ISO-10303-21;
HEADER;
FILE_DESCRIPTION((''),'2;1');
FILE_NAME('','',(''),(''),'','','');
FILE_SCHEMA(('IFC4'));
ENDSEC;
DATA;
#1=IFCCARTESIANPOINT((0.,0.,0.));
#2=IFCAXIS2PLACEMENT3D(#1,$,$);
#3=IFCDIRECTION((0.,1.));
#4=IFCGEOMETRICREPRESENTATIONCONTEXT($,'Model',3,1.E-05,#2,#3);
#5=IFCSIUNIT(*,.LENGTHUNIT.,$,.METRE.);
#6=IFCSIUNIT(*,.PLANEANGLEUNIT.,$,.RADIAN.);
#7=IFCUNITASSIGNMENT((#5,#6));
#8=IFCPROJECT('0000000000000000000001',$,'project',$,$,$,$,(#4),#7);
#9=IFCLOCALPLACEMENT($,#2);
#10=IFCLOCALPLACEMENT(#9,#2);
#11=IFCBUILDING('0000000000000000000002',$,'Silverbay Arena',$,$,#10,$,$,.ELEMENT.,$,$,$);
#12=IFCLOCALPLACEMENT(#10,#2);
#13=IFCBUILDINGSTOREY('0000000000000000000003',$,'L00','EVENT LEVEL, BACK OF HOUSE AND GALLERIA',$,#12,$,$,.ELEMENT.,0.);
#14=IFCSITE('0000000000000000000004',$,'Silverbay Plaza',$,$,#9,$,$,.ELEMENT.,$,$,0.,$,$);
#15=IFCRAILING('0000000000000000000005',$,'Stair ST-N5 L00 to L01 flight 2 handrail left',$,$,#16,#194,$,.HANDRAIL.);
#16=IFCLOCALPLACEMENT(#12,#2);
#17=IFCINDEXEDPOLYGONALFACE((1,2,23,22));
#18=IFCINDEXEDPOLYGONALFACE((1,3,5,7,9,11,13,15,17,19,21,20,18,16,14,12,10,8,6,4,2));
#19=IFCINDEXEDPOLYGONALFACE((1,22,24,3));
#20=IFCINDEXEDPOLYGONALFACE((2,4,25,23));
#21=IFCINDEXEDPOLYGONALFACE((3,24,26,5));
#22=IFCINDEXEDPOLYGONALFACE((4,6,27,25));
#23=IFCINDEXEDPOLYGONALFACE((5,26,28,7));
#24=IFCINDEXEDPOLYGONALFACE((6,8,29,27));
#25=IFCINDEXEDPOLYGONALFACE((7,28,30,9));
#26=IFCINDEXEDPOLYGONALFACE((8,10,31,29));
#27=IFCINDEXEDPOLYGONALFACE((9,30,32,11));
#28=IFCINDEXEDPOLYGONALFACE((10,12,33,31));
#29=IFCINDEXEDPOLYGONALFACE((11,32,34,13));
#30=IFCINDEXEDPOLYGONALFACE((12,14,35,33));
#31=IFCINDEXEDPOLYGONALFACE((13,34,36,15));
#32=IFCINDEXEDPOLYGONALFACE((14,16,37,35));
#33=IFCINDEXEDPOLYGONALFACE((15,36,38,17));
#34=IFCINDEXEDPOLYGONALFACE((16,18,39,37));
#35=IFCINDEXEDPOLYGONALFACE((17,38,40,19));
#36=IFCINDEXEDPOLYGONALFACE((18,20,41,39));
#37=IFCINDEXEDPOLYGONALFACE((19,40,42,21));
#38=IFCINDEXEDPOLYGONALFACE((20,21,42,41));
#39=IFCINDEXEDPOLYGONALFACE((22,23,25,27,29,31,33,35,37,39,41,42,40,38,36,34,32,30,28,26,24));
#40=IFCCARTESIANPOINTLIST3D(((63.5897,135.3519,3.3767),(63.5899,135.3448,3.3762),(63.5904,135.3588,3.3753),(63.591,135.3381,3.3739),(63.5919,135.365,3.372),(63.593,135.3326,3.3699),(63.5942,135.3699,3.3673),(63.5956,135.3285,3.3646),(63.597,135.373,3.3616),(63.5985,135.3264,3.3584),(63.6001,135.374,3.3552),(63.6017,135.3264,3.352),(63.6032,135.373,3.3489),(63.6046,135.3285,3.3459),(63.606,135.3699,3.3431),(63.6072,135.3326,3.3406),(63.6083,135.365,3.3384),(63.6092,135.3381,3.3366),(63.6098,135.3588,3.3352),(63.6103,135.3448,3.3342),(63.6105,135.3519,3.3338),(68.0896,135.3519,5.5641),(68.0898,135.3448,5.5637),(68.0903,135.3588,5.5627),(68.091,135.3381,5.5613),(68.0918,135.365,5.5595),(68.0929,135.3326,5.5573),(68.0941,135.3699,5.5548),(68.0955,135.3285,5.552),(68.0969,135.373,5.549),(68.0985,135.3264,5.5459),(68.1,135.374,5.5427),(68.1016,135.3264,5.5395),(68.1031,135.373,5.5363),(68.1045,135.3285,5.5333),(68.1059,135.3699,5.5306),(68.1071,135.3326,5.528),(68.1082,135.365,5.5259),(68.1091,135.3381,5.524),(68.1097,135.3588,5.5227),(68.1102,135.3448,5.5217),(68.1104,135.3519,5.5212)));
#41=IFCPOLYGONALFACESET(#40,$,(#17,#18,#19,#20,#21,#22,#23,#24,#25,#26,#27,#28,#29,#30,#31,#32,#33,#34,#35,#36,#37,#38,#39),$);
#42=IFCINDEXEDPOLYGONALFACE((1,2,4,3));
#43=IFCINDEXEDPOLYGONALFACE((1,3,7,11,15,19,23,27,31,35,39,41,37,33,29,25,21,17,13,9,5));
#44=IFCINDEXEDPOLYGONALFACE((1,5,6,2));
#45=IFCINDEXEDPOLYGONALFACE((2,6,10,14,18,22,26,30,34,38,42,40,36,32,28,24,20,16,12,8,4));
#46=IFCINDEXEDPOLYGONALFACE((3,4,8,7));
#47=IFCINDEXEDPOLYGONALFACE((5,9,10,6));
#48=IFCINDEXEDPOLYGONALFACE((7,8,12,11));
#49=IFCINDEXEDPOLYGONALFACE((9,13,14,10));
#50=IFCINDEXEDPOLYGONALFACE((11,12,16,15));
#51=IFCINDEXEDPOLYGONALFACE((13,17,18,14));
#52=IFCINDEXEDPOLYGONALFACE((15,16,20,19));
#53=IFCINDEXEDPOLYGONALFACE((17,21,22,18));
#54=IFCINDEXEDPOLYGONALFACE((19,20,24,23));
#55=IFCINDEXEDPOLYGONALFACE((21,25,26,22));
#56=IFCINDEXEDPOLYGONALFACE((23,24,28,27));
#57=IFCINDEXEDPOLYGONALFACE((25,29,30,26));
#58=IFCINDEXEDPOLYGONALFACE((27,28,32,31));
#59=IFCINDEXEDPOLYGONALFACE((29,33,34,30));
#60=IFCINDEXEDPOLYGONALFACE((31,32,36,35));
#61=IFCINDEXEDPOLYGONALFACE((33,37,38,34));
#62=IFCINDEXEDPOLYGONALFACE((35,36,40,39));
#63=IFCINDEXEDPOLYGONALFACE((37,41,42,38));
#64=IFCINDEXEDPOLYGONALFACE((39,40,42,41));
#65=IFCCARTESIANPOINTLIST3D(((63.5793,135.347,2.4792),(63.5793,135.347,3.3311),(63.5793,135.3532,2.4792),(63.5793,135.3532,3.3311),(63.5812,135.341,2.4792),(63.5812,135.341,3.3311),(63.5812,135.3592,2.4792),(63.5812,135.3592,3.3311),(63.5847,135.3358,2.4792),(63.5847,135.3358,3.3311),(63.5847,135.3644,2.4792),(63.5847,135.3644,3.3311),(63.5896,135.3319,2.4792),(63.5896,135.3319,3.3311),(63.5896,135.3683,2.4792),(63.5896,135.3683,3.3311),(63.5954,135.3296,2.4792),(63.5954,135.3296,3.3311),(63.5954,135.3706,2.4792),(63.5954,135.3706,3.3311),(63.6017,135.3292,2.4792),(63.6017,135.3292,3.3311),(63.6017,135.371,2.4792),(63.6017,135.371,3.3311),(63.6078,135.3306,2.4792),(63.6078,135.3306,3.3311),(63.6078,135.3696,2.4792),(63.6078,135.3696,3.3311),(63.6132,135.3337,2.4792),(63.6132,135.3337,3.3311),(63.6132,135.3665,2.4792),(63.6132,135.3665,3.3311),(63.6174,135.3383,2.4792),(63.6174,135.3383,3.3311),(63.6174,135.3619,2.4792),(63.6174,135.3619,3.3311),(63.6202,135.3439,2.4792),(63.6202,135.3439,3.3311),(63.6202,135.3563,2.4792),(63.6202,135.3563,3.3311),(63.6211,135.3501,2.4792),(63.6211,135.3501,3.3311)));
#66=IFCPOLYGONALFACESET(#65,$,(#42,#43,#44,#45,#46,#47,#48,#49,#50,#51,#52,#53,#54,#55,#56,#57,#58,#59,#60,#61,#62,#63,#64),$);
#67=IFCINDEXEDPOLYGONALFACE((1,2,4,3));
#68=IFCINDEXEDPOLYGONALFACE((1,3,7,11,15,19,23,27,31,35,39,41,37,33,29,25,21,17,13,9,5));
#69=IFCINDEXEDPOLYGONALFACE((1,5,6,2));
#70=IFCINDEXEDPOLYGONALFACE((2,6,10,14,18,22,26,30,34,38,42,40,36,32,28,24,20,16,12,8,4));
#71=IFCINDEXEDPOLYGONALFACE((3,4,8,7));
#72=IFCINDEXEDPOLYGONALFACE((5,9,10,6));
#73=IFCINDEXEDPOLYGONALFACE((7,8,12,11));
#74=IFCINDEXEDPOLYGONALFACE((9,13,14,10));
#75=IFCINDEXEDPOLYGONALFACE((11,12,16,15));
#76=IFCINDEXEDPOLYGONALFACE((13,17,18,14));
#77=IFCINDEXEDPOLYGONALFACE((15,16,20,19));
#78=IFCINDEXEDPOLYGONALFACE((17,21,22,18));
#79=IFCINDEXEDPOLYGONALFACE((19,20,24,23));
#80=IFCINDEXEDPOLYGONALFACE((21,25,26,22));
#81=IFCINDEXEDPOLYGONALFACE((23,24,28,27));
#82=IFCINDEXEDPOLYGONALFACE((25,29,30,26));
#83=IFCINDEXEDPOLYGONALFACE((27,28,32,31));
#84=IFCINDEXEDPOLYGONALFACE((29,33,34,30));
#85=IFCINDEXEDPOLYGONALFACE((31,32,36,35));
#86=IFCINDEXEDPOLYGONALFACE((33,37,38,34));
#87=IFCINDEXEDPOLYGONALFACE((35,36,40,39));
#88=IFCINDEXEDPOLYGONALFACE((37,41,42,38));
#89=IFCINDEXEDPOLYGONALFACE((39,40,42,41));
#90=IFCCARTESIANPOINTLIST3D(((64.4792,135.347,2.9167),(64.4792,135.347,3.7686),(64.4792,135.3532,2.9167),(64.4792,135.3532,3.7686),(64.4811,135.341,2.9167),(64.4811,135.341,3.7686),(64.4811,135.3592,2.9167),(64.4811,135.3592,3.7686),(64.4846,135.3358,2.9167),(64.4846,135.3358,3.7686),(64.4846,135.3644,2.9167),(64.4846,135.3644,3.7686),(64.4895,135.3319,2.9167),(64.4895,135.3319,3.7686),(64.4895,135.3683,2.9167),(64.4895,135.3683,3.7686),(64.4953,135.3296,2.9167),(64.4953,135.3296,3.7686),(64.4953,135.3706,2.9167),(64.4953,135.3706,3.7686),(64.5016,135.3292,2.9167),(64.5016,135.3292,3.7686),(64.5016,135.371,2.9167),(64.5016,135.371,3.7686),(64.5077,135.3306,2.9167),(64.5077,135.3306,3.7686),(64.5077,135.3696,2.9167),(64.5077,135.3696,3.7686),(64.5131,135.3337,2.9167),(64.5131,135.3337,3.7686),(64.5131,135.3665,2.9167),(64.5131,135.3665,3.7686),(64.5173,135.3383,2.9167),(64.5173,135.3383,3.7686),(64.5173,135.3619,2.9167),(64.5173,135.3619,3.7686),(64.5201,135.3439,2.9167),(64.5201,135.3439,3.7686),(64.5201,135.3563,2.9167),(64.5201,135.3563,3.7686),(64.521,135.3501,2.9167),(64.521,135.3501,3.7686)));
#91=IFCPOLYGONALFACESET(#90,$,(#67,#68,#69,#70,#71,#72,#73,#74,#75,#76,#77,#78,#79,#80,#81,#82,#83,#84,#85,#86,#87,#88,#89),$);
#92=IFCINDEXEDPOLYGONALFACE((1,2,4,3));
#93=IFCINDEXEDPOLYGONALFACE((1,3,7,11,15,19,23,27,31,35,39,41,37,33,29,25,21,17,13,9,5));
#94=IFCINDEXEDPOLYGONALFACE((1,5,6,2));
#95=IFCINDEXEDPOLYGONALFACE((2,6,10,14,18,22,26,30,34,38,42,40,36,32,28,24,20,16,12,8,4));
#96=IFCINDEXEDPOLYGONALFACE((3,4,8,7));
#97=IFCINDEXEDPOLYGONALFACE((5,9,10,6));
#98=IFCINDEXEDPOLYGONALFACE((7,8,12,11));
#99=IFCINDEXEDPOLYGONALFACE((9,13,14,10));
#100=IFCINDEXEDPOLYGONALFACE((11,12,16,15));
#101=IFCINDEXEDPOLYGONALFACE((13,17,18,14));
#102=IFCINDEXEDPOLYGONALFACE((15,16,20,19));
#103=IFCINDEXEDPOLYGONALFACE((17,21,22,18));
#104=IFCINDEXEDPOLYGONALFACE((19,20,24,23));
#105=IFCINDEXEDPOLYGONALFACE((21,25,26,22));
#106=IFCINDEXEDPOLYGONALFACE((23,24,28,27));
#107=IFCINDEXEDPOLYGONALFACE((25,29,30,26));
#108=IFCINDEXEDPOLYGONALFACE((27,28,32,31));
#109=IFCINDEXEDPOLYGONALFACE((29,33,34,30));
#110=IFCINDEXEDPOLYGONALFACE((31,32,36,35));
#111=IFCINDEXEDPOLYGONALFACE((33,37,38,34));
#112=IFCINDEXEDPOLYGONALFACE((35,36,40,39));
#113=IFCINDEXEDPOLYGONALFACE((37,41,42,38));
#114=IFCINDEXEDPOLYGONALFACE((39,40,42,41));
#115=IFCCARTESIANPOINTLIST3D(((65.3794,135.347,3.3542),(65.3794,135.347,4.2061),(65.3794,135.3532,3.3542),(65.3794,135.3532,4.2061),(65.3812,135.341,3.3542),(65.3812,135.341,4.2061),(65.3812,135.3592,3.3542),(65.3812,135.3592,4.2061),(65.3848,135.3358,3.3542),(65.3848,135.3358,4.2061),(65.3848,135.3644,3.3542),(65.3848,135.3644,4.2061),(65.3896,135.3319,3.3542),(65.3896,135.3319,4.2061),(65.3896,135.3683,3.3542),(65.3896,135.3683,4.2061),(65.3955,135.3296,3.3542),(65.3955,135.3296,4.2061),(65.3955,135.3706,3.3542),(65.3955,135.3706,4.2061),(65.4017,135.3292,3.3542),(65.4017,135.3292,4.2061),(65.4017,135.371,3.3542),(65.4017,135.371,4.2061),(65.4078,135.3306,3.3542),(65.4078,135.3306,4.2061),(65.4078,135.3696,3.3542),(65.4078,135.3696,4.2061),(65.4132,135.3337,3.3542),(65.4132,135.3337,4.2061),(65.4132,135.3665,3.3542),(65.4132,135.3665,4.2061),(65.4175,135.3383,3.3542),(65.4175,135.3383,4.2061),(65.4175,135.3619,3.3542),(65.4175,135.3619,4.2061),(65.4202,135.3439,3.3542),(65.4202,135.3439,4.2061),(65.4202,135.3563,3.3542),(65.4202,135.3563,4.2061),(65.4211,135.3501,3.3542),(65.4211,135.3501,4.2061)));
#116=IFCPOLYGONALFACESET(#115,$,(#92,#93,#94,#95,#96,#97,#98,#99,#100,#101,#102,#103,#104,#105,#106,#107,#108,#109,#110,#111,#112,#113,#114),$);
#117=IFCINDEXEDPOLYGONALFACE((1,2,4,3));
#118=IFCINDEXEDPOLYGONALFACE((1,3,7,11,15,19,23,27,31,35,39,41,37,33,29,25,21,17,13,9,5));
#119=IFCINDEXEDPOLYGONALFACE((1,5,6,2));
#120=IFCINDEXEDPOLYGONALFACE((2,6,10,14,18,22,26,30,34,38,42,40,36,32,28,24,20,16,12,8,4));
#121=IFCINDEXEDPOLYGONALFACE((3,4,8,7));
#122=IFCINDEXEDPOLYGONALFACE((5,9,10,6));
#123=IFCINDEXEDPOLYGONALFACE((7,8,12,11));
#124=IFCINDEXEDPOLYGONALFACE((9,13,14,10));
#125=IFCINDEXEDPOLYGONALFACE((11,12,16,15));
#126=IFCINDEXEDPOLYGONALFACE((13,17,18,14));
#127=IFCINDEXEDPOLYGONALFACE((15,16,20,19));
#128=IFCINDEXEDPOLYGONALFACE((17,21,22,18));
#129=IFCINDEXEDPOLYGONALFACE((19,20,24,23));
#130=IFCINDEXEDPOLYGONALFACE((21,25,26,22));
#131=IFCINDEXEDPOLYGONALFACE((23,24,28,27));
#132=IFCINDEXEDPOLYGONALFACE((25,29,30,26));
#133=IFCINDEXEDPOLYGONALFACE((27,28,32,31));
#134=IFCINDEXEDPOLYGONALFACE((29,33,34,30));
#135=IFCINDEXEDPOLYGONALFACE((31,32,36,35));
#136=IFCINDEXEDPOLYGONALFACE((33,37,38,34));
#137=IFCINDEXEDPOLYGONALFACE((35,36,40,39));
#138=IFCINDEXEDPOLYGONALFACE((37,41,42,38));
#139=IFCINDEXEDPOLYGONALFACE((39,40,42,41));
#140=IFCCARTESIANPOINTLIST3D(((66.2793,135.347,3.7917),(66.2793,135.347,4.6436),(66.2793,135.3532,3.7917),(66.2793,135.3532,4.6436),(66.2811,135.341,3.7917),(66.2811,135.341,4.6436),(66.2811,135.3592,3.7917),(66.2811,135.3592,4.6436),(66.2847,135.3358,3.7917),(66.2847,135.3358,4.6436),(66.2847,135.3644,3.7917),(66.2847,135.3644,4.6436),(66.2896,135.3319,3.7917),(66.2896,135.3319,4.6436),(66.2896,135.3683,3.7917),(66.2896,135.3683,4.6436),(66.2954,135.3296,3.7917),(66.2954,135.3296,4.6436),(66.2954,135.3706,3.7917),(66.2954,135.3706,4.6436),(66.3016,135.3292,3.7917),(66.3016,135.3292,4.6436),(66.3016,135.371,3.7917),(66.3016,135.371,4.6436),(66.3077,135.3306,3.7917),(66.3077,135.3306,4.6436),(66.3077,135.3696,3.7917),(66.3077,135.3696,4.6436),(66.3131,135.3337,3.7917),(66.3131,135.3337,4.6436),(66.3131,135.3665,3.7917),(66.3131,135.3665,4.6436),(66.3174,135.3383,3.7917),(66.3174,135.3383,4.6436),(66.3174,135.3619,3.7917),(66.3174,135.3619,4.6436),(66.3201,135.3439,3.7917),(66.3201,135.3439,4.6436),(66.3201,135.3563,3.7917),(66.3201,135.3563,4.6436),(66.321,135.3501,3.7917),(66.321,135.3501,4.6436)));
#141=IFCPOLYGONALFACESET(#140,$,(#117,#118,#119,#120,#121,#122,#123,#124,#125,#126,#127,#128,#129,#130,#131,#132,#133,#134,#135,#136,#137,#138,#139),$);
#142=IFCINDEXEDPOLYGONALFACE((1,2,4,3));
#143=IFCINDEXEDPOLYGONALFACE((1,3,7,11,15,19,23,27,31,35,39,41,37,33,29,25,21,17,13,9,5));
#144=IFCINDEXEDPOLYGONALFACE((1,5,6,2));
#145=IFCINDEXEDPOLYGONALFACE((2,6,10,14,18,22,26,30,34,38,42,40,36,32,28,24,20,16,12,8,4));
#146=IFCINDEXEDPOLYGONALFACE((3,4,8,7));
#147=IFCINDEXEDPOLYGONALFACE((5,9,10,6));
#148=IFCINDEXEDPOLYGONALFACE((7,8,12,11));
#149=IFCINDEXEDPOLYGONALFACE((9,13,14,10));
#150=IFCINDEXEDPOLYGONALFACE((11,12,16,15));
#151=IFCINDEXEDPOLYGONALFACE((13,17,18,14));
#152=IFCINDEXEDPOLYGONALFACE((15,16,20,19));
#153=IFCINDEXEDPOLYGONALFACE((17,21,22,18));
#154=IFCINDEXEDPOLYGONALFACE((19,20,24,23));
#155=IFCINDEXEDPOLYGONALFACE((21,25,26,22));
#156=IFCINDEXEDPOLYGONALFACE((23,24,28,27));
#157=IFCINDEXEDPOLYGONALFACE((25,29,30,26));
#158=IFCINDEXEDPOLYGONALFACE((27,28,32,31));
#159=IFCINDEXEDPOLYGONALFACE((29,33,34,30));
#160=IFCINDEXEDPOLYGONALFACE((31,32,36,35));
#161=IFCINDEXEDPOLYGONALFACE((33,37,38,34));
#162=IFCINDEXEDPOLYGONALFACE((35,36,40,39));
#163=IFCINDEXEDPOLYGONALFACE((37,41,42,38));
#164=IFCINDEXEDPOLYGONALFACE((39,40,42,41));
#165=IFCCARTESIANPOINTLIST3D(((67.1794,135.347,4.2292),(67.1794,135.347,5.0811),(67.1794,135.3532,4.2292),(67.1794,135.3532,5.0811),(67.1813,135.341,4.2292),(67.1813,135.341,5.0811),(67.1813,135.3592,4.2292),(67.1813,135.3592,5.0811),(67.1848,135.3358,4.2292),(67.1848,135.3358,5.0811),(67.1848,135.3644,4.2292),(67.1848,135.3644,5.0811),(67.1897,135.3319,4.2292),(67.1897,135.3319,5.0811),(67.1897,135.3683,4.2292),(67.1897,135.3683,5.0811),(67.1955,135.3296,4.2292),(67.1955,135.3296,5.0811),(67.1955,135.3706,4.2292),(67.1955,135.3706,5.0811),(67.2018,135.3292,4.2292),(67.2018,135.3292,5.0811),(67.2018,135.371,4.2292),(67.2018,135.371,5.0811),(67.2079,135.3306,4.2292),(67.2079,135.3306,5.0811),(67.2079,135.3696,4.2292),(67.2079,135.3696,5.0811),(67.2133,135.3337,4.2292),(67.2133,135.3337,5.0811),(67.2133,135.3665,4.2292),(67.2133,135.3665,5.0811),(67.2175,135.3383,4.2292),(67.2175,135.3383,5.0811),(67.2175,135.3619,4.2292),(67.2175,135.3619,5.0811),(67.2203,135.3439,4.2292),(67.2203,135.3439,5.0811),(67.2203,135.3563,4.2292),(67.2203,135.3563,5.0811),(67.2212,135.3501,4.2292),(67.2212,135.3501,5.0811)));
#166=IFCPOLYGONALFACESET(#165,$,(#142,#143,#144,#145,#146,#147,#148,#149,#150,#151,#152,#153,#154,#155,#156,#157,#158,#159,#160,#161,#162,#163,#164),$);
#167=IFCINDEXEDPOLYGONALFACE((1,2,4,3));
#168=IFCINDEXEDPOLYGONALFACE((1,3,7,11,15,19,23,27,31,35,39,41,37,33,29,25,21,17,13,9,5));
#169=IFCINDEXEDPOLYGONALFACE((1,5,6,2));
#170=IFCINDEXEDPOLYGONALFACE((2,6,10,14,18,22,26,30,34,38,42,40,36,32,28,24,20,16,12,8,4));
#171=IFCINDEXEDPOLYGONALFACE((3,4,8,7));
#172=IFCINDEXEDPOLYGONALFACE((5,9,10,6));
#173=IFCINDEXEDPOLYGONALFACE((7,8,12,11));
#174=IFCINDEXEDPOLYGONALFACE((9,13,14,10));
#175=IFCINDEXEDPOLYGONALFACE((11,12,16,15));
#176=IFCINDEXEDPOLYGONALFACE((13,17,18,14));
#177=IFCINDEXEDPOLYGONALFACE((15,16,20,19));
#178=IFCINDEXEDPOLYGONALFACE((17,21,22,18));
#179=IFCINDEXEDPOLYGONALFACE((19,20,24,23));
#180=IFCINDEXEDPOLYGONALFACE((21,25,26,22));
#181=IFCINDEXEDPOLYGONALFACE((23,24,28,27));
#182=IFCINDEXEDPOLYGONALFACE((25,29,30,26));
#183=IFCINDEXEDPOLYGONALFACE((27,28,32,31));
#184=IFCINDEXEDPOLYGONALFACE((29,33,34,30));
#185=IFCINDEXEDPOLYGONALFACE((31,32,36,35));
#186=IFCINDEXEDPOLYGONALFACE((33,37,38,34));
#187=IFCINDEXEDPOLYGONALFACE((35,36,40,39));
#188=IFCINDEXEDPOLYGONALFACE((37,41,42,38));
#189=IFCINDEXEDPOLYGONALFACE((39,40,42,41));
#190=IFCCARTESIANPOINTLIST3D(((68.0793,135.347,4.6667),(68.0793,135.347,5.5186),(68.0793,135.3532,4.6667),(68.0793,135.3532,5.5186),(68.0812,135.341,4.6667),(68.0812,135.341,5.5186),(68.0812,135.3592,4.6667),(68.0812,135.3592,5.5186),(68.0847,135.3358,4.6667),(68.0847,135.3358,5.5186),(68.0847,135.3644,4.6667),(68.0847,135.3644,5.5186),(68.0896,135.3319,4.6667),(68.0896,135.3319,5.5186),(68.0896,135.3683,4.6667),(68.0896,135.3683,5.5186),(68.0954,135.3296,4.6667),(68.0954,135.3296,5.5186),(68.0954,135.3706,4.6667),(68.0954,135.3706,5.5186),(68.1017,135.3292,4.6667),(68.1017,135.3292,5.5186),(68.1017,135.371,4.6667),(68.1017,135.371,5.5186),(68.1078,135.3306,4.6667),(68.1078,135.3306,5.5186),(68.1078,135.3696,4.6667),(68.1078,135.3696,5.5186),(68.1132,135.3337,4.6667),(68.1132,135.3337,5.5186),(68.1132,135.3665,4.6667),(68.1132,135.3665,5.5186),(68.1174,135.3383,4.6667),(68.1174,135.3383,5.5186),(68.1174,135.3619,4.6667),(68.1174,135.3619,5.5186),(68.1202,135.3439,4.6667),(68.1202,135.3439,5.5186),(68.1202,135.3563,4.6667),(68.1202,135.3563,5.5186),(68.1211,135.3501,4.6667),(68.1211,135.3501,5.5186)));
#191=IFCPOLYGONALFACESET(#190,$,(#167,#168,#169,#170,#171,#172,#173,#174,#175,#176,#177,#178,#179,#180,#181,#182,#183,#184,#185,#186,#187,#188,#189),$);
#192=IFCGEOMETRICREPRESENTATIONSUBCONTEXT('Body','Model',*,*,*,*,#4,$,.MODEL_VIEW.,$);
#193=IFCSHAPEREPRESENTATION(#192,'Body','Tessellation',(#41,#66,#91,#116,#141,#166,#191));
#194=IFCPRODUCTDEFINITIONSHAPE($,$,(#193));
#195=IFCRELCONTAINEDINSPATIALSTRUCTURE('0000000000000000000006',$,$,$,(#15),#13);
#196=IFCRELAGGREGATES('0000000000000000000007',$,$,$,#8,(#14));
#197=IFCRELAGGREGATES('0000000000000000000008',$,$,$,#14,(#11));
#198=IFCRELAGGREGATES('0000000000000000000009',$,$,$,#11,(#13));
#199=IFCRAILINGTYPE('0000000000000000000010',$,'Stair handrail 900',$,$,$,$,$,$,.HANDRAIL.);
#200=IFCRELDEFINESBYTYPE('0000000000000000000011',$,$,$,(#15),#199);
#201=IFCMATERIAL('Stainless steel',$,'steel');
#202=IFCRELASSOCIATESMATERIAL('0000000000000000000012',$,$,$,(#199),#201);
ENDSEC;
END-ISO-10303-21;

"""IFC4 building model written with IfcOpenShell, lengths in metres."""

from ifc_helpers import new_model, si_unit, direction, frame, origin, origin_2d, place, context, subcontext, project, spatial, circle, extrude, material, type_object, element, save


model = new_model("IFC4")

# Units and contexts
model_context = context("Model", 3, precision=1e-05, world=origin(), true_north=direction((0.0, 1.0)))
body_context = subcontext(model_context, "Body", "Model", "MODEL_VIEW")
ifc_project = project(units=[si_unit("LENGTHUNIT", "METRE"), si_unit("PLANEANGLEUNIT", "RADIAN")], contexts=[model_context])

# Site, building, storey
site_placement = place(None, origin())
site = spatial("IfcSite", under=ifc_project, at=site_placement, Name="Silverbay Plaza", CompositionType="ELEMENT", RefElevation=0.0)
building_placement = place(site_placement, origin())
building = spatial("IfcBuilding", under=site, at=building_placement, Name="Silverbay Arena", CompositionType="ELEMENT")
storey_placement = place(building_placement, origin())
storey = spatial("IfcBuildingStorey", under=building, at=storey_placement, Name="L00", Description="EVENT LEVEL, BACK OF HOUSE AND GALLERIA", CompositionType="ELEMENT", Elevation=0.0)

# Railing
ifc_material_1 = material(Name="Stainless steel", Category="steel")
railing_type_1 = type_object("IfcRailingType", Name="Stair handrail 900", PredefinedType="HANDRAIL", material=ifc_material_1)
for number, where, name in (
    (1, (63.6001, 135.3501, 2.4792), "Stair ST-N5 L00 to L01 flight 2 handrail left"),
):
    element("IfcRailing", number, at=place(storey_placement, frame(where)), inside=storey, type_object=railing_type_1, Name=name, PredefinedType="HANDRAIL", context=body_context, shape_type="SweptSolid", body=[
        extrude(circle(Radius=0.0239, at=origin_2d()), frame((0.0, 0.0, 0.876), z_axis=(0.899368, 0.0, 0.437193), x_axis=(0.0, 1.0, 0.0)), (0.0, 0.0, 1.0), 5.0034),
        extrude(circle(Radius=0.021, at=origin_2d()), origin(), (0.0, 0.0, 1.0), 0.8518),
        extrude(circle(Radius=0.021, at=origin_2d()), frame((0.8999, 0.0, 0.4375)), (0.0, 0.0, 1.0), 0.8518),
        extrude(circle(Radius=0.021, at=origin_2d()), frame((1.8, 0.0, 0.875)), (0.0, 0.0, 1.0), 0.8518),
        extrude(circle(Radius=0.021, at=origin_2d()), frame((2.7, 0.0, 1.3125)), (0.0, 0.0, 1.0), 0.8518),
        extrude(circle(Radius=0.021, at=origin_2d()), frame((3.6001, 0.0, 1.75)), (0.0, 0.0, 1.0), 0.8518),
        extrude(circle(Radius=0.021, at=origin_2d()), frame((4.5, 0.0, 2.1875)), (0.0, 0.0, 1.0), 0.8518),
    ])

save(model, "model.ifc")
